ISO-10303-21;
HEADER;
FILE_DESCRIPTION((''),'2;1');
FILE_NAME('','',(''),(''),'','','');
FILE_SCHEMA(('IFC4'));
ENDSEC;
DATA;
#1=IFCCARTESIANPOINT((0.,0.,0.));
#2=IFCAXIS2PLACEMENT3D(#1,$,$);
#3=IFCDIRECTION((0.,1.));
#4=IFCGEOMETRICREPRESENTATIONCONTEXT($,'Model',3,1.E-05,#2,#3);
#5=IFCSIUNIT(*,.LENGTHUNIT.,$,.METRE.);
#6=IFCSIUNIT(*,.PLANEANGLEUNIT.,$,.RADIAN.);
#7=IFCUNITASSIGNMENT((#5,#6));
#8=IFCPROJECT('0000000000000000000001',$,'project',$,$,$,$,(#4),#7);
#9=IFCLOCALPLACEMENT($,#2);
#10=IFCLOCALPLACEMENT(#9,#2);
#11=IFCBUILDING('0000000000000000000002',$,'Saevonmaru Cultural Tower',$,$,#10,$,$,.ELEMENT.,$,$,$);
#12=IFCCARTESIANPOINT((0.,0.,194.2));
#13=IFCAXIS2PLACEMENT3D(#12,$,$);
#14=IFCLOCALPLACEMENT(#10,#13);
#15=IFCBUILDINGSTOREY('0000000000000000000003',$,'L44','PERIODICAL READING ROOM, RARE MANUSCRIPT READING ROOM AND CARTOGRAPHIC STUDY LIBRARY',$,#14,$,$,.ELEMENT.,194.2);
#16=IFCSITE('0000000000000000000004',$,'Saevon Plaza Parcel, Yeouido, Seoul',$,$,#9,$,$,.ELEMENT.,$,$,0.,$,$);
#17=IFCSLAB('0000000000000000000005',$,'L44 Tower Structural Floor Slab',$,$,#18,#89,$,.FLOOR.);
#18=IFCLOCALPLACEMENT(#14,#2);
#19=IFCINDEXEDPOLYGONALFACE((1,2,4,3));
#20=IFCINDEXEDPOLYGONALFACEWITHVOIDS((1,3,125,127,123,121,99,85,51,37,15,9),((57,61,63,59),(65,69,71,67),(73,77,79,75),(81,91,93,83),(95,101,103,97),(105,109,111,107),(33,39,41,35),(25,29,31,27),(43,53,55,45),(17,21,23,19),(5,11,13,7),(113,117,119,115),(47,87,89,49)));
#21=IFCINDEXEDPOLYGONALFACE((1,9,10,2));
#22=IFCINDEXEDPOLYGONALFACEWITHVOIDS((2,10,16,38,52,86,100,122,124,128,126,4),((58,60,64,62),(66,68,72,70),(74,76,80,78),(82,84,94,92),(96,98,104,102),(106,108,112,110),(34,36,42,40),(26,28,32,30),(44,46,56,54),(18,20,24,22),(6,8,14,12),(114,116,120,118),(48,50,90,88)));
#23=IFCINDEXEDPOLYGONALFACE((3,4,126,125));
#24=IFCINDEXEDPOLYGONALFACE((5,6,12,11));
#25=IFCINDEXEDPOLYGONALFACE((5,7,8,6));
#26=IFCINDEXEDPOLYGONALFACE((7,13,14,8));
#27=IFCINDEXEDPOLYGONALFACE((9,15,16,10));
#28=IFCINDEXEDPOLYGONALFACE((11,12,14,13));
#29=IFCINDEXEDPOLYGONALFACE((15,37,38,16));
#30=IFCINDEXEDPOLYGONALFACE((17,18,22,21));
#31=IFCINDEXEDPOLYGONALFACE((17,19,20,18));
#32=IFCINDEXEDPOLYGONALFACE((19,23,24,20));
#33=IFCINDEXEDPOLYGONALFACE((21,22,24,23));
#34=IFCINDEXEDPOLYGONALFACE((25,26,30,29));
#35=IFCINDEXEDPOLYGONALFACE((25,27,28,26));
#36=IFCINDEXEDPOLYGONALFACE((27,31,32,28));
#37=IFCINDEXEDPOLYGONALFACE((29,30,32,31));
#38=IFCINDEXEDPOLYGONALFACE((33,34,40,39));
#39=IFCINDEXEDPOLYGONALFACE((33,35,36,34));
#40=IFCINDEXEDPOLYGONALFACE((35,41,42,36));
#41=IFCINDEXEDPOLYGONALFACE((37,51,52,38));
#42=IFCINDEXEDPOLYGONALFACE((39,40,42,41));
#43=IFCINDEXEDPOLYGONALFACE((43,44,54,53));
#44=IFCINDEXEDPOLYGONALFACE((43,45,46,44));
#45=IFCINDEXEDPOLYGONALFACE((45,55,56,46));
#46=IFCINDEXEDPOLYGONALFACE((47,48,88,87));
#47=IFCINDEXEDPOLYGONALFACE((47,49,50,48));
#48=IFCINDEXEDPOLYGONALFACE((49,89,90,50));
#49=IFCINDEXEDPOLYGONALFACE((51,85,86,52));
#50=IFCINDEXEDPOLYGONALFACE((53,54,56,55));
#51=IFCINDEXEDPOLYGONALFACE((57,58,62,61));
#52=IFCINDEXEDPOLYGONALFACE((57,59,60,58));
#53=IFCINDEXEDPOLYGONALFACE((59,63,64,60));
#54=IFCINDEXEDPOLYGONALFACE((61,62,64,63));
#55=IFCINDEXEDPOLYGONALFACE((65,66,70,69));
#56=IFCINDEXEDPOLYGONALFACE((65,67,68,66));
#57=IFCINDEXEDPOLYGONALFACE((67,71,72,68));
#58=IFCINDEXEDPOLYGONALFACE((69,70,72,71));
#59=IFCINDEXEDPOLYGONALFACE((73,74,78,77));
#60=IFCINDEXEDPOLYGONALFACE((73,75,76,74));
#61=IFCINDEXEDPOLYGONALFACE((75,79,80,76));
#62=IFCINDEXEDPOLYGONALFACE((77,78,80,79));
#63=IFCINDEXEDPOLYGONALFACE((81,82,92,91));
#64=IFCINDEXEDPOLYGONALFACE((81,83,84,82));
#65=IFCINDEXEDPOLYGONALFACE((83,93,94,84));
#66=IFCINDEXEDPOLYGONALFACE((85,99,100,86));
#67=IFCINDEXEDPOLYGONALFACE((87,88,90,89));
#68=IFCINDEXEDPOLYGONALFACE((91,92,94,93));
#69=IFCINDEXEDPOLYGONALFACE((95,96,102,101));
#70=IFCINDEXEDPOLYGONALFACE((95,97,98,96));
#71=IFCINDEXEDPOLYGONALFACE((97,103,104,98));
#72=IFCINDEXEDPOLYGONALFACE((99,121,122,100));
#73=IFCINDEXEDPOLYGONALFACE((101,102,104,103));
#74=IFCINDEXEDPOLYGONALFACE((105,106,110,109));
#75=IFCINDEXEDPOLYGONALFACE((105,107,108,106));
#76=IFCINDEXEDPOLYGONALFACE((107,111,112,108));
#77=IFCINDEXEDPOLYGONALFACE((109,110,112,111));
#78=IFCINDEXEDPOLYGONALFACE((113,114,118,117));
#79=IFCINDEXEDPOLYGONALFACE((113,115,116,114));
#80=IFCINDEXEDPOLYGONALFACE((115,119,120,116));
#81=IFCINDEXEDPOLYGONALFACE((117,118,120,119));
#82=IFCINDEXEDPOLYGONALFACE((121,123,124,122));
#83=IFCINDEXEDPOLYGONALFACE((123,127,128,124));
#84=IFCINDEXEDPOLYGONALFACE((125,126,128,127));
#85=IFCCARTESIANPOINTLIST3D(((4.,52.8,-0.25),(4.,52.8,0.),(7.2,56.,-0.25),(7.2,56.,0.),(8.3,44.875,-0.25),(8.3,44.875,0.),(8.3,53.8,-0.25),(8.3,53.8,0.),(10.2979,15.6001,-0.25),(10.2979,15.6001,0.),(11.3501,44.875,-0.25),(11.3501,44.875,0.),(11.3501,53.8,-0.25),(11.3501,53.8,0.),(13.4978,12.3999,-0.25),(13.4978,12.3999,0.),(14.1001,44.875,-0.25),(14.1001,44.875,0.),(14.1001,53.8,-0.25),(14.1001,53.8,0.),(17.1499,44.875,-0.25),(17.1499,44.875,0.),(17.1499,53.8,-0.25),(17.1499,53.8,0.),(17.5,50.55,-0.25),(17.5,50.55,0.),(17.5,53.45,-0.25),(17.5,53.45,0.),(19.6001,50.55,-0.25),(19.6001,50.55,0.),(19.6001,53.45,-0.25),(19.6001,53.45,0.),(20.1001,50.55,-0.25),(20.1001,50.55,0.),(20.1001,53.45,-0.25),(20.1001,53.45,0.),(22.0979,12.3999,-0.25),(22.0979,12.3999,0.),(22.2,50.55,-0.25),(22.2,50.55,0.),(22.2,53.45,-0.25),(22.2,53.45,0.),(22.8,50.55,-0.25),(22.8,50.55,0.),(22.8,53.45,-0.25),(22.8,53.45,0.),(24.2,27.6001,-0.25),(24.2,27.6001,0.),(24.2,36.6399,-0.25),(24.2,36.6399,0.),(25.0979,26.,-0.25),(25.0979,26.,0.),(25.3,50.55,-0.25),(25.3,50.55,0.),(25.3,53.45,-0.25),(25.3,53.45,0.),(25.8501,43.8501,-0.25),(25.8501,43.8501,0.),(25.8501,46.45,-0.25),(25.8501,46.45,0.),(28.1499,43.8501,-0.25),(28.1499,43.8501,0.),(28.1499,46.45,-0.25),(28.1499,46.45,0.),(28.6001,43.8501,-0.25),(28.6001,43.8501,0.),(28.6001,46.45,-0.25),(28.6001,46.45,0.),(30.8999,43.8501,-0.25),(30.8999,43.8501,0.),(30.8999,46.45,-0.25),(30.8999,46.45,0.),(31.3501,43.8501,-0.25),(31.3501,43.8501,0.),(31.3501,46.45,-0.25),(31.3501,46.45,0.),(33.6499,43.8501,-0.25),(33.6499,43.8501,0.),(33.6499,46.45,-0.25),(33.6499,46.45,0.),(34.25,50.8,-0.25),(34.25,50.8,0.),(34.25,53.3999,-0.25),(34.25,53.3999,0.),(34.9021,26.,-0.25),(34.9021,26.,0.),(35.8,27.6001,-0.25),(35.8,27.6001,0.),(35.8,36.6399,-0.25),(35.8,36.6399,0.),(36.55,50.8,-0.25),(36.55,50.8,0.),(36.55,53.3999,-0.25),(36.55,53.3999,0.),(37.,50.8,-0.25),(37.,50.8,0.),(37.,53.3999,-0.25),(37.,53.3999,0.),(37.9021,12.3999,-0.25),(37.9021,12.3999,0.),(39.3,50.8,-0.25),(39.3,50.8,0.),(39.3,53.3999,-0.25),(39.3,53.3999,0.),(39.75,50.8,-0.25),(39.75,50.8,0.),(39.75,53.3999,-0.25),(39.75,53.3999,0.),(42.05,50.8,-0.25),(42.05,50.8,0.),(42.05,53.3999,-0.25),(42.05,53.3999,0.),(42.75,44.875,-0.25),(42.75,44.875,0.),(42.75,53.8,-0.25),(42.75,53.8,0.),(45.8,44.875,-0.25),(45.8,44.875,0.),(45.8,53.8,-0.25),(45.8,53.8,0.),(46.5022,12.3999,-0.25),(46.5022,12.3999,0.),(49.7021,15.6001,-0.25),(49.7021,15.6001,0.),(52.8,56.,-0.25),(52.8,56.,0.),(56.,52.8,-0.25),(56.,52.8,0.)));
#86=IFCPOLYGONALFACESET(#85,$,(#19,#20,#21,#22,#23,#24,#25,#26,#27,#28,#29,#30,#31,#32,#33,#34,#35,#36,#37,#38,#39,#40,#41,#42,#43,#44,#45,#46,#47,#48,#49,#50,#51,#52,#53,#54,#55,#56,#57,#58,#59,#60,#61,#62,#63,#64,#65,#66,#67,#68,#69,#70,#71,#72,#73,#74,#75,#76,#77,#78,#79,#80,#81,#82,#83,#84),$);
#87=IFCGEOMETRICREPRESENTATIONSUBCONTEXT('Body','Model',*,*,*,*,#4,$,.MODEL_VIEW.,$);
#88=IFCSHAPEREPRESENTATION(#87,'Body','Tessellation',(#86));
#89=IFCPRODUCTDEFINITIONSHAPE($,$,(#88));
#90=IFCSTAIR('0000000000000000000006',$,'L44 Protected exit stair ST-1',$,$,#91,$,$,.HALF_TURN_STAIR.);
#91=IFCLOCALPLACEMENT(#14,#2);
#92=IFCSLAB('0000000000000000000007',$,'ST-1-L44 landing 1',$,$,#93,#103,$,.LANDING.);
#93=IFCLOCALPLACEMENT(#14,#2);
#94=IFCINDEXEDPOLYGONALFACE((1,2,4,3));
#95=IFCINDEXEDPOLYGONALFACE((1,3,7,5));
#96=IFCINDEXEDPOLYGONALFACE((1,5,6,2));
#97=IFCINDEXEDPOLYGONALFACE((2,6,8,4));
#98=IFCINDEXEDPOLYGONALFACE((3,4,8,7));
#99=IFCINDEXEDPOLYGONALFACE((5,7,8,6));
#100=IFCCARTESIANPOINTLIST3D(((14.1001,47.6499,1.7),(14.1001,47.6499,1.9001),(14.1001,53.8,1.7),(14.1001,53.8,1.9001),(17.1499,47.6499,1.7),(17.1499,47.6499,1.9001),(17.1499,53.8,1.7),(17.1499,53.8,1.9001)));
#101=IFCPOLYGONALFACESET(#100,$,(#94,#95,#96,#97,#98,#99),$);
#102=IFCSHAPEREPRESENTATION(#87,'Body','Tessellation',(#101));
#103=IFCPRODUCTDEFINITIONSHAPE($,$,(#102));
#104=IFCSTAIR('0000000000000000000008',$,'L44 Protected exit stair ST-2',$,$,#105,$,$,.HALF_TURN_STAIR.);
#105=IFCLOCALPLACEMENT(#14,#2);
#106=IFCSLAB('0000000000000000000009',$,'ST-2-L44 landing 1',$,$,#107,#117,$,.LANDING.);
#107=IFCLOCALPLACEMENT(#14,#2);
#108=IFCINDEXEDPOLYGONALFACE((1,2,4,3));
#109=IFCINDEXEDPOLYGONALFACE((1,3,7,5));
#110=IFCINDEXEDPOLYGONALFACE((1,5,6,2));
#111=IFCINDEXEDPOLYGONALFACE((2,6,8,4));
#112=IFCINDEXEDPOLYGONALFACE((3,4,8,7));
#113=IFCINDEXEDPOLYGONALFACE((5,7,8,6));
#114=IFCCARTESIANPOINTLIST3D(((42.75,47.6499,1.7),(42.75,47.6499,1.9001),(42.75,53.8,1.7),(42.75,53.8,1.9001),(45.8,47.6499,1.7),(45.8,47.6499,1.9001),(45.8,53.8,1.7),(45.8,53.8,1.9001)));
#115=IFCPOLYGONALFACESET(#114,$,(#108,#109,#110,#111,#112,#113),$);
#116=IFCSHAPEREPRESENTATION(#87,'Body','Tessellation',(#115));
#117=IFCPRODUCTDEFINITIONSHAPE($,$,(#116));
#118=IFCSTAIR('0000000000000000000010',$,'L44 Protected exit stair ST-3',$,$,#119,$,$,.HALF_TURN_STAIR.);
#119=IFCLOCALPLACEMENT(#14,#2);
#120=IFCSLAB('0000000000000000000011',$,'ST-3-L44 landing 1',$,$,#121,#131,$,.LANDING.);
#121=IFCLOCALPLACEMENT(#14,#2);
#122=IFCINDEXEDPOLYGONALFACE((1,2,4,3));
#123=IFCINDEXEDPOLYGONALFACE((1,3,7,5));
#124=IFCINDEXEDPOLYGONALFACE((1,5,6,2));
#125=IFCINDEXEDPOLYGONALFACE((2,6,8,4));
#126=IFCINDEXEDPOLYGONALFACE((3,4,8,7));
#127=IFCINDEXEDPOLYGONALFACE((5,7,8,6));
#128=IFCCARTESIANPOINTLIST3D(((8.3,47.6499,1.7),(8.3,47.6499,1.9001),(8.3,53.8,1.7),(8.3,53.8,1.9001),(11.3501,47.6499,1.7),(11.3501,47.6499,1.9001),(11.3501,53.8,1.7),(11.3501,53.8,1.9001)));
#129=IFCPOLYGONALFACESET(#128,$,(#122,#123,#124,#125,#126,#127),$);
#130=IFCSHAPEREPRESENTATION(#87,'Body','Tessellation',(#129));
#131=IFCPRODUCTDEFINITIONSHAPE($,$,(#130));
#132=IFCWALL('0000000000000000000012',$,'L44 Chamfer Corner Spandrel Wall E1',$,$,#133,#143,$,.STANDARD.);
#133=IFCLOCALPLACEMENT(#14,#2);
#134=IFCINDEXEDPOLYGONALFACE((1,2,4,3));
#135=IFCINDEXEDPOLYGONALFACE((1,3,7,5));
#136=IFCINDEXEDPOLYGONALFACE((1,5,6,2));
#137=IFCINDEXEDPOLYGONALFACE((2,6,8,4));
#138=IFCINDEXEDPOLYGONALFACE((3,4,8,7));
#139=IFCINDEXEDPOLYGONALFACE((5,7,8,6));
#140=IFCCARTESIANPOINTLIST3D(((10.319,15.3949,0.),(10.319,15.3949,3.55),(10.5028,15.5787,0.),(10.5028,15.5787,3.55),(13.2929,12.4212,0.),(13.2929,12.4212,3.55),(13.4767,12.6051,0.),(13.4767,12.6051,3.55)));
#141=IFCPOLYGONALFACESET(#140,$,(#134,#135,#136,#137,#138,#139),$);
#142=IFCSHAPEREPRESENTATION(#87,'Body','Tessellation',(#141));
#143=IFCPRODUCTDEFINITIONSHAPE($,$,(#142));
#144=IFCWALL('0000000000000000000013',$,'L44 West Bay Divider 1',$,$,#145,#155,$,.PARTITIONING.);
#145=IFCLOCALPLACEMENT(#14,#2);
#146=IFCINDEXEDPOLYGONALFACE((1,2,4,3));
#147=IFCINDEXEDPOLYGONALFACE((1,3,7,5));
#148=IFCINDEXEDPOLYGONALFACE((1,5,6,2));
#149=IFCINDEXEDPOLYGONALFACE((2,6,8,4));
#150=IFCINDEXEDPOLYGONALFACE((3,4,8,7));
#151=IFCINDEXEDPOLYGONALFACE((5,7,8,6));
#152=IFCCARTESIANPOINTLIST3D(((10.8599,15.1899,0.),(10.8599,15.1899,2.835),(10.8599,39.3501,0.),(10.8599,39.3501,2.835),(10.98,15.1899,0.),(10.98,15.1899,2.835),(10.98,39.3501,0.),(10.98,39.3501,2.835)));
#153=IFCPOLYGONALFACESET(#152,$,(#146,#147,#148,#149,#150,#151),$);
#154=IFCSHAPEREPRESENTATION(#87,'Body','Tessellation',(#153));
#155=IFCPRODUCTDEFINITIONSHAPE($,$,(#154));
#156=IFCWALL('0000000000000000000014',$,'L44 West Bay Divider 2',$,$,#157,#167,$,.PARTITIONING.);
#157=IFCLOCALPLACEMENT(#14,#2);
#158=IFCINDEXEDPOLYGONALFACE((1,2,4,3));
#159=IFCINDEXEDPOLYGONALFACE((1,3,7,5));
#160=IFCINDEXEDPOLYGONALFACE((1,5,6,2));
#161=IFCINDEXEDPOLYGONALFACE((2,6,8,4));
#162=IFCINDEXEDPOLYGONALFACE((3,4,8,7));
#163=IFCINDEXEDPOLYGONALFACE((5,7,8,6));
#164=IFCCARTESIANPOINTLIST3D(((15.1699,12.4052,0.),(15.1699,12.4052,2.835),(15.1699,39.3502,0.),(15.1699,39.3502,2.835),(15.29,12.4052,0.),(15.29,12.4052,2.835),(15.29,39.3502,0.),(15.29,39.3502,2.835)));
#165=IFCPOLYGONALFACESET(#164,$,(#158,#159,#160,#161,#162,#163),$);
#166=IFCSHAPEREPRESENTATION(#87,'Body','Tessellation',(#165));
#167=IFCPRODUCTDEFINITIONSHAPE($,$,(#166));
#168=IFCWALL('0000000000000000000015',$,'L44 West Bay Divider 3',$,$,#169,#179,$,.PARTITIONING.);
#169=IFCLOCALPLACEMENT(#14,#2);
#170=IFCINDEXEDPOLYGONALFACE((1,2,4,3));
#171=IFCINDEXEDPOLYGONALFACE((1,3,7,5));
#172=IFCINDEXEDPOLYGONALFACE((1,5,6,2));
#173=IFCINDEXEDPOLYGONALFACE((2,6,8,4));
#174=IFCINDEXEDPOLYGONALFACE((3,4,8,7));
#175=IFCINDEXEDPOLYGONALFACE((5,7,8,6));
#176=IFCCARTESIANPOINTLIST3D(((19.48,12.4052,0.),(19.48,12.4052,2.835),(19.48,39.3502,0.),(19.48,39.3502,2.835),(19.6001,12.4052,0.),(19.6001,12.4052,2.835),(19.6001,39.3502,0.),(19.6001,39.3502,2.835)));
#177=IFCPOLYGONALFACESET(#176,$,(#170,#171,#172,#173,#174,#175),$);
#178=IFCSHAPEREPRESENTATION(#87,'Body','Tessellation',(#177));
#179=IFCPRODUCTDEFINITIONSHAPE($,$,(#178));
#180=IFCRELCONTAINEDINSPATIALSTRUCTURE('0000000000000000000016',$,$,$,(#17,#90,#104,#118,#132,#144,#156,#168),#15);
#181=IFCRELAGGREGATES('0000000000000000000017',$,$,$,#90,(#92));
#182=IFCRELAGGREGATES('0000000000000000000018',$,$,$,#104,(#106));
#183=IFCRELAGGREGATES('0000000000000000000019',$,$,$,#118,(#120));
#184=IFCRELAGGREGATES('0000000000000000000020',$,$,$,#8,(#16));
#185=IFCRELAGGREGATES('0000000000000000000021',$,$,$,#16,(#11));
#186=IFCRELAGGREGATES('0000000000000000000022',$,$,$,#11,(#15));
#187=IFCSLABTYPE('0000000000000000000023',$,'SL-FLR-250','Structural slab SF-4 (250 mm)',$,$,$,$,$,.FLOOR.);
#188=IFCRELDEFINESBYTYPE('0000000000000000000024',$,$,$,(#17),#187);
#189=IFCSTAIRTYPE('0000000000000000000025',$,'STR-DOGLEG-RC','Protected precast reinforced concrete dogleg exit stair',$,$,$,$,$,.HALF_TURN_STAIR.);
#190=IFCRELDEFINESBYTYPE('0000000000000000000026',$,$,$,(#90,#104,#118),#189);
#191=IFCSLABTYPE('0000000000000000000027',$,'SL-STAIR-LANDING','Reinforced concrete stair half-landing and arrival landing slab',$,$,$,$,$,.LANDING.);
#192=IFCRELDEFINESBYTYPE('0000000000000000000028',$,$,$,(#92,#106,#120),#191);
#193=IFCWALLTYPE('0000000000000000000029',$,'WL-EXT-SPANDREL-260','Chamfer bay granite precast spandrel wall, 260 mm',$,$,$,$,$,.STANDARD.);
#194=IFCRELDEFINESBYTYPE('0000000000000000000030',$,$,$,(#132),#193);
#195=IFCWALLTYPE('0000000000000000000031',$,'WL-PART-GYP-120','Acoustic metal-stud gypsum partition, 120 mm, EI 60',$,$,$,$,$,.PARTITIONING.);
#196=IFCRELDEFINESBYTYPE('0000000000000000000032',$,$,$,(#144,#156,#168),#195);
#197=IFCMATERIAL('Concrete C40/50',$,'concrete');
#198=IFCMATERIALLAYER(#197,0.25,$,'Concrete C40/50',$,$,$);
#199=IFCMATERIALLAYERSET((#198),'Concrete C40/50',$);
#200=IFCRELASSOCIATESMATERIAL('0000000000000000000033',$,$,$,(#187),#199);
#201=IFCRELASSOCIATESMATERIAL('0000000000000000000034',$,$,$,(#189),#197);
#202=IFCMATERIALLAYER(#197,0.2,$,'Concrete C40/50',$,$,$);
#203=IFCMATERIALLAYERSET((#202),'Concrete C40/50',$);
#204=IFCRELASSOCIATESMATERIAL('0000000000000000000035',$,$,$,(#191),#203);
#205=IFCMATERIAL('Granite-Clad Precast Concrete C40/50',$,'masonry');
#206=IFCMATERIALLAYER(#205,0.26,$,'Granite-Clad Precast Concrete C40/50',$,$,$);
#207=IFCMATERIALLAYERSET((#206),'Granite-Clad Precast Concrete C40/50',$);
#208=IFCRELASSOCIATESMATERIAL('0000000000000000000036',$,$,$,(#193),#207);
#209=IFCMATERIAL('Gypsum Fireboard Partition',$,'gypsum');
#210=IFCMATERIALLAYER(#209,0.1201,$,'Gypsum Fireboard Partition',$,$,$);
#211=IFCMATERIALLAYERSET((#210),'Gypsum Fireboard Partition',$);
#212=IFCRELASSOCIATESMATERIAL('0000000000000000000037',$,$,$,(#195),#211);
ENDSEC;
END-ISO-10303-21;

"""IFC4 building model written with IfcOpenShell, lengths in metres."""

from ifc_helpers import new_model, si_unit, direction, frame, frame_2d, origin, place, context, subcontext, project, spatial, polyline, rectangle, outline, extrude, material, layer, layer_set, type_object, element, aggregate, save


model = new_model("IFC4")

# Units and contexts
model_context = context("Model", 3, precision=1e-05, world=origin(), true_north=direction((0.0, 1.0)))
body_context = subcontext(model_context, "Body", "Model", "MODEL_VIEW")
ifc_project = project(units=[si_unit("LENGTHUNIT", "METRE"), si_unit("PLANEANGLEUNIT", "RADIAN")], contexts=[model_context])

# Site, building, storey
site_placement = place(None, origin())
site = spatial("IfcSite", under=ifc_project, at=site_placement, Name="Saevon Plaza Parcel, Yeouido, Seoul", CompositionType="ELEMENT", RefElevation=0.0)
building_placement = place(site_placement, origin())
building = spatial("IfcBuilding", under=site, at=building_placement, Name="Saevonmaru Cultural Tower", CompositionType="ELEMENT")
storey_placement = place(building_placement, frame((0.0, 0.0, 194.2)))
storey = spatial("IfcBuildingStorey", under=building, at=storey_placement, Name="L44", Description="PERIODICAL READING ROOM, RARE MANUSCRIPT READING ROOM AND CARTOGRAPHIC STUDY LIBRARY", CompositionType="ELEMENT", Elevation=194.2)

# Slab
ifc_material_1 = material(Name="Concrete C40/50", Category="concrete")
ifc_layer_1 = layer(ifc_material_1, 0.25, Name="Concrete C40/50")
ifc_layer_set_1 = layer_set([ifc_layer_1], Name="Concrete C40/50")
slab_type_1 = type_object("IfcSlabType", Name="SL-FLR-250", Description="Structural slab SF-4 (250 mm)", PredefinedType="FLOOR", material=ifc_layer_set_1)
slab_1_placement = place(storey_placement, frame((0.0, 0.0, -0.25)))
element("IfcSlab", 1, at=slab_1_placement, inside=storey, type_object=slab_type_1, Name="L44 Tower Structural Floor Slab", PredefinedType="FLOOR", context=body_context, shape_type="SweptSolid", body=[
    extrude(outline(polyline([(10.2979, 15.6001), (13.4978, 12.3999), (22.0979, 12.3999), (25.0979, 26.0), (34.9021, 26.0), (37.9021, 12.3999), (46.5022, 12.3999), (49.7021, 15.6001), (56.0, 52.8), (52.8, 56.0), (7.2, 56.0), (4.0, 52.8), (10.2979, 15.6001)]), holes=[polyline([(45.8, 44.875), (42.75, 44.875), (42.75, 53.8), (45.8, 53.8), (45.8, 44.875)]), polyline([(39.75, 50.8), (39.75, 53.3999), (42.05, 53.3999), (42.05, 50.8), (39.75, 50.8)]), polyline([(37.0, 50.8), (37.0, 53.3999), (39.3, 53.3999), (39.3, 50.8), (37.0, 50.8)]), polyline([(34.25, 50.8), (34.25, 53.3999), (36.55, 53.3999), (36.55, 50.8), (34.25, 50.8)]), polyline([(24.2, 27.6001), (24.2, 36.6399), (35.8, 36.6399), (35.8, 27.6001), (24.2, 27.6001)]), polyline([(31.3501, 43.8501), (31.3501, 46.45), (33.6499, 46.45), (33.6499, 43.8501), (31.3501, 43.8501)]), polyline([(28.6001, 43.8501), (28.6001, 46.45), (30.8999, 46.45), (30.8999, 43.8501), (28.6001, 43.8501)]), polyline([(28.1499, 43.8501), (25.8501, 43.8501), (25.8501, 46.45), (28.1499, 46.45), (28.1499, 43.8501)]), polyline([(25.3, 50.55), (22.8, 50.55), (22.8, 53.45), (25.3, 53.45), (25.3, 50.55)]), polyline([(20.1001, 50.55), (20.1001, 53.45), (22.2, 53.45), (22.2, 50.55), (20.1001, 50.55)]), polyline([(17.5, 50.55), (17.5, 53.45), (19.6001, 53.45), (19.6001, 50.55), (17.5, 50.55)]), polyline([(17.1499, 53.8), (17.1499, 44.875), (14.1001, 44.875), (14.1001, 53.8), (17.1499, 53.8)]), polyline([(11.3501, 44.875), (8.3, 44.875), (8.3, 53.8), (11.3501, 53.8), (11.3501, 44.875)])]), origin(), (0.0, 0.0, 1.0), 0.25),
])

# Stairs, slabs
stair_type = type_object("IfcStairType", Name="STR-DOGLEG-RC", Description="Protected precast reinforced concrete dogleg exit stair", PredefinedType="HALF_TURN_STAIR", material=ifc_material_1)
stair_1_placement = place(storey_placement, origin())
stair_1 = element("IfcStair", 2, at=stair_1_placement, inside=storey, type_object=stair_type, Name="L44 Protected exit stair ST-1", PredefinedType="HALF_TURN_STAIR")
ifc_layer_2 = layer(ifc_material_1, 0.2, Name="Concrete C40/50")
ifc_layer_set_2 = layer_set([ifc_layer_2], Name="Concrete C40/50")
slab_type_2 = type_object("IfcSlabType", Name="SL-STAIR-LANDING", Description="Reinforced concrete stair half-landing and arrival landing slab", PredefinedType="LANDING", material=ifc_layer_set_2)
slab_2_placement = place(storey_placement, frame((0.0, 0.0, 1.7)))
slab_2 = element("IfcSlab", 3, at=slab_2_placement, type_object=slab_type_2, Name="ST-1-L44 landing 1", PredefinedType="LANDING", context=body_context, shape_type="SweptSolid", body=[
    extrude(outline(polyline([(17.1499, 47.6499), (17.1499, 53.8), (14.1001, 53.8), (14.1001, 47.6499), (17.1499, 47.6499)])), origin(), (0.0, 0.0, 1.0), 0.2002),
])
aggregate(stair_1, [slab_2])
stair_2_placement = place(storey_placement, origin())
stair_2 = element("IfcStair", 4, at=stair_2_placement, inside=storey, type_object=stair_type, Name="L44 Protected exit stair ST-2", PredefinedType="HALF_TURN_STAIR")
slab_3_placement = place(storey_placement, frame((0.0, 0.0, 1.7)))
slab_3 = element("IfcSlab", 5, at=slab_3_placement, type_object=slab_type_2, Name="ST-2-L44 landing 1", PredefinedType="LANDING", context=body_context, shape_type="SweptSolid", body=[
    extrude(outline(polyline([(45.8, 47.6499), (45.8, 53.8), (42.75, 53.8), (42.75, 47.6499), (45.8, 47.6499)])), origin(), (0.0, 0.0, 1.0), 0.2002),
])
aggregate(stair_2, [slab_3])
stair_3_placement = place(storey_placement, origin())
stair_3 = element("IfcStair", 6, at=stair_3_placement, inside=storey, type_object=stair_type, Name="L44 Protected exit stair ST-3", PredefinedType="HALF_TURN_STAIR")
slab_4_placement = place(storey_placement, frame((0.0, 0.0, 1.7)))
slab_4 = element("IfcSlab", 7, at=slab_4_placement, type_object=slab_type_2, Name="ST-3-L44 landing 1", PredefinedType="LANDING", context=body_context, shape_type="SweptSolid", body=[
    extrude(outline(polyline([(11.3501, 47.6499), (11.3501, 53.8), (8.3, 53.8), (8.3, 47.6499), (11.3501, 47.6499)])), origin(), (0.0, 0.0, 1.0), 0.2002),
])
aggregate(stair_3, [slab_4])

# Walls
ifc_material_2 = material(Name="Granite-Clad Precast Concrete C40/50", Category="masonry")
ifc_layer_3 = layer(ifc_material_2, 0.26, Name="Granite-Clad Precast Concrete C40/50")
ifc_layer_set_3 = layer_set([ifc_layer_3], Name="Granite-Clad Precast Concrete C40/50")
wall_type_1 = type_object("IfcWallType", Name="WL-EXT-SPANDREL-260", Description="Chamfer bay granite precast spandrel wall, 260 mm", PredefinedType="STANDARD", material=ifc_layer_set_3)
wall_1_placement = place(storey_placement, frame((10.4109, 15.4868, 0.0), z_axis=(0.0, 0.0, 1.0), x_axis=(0.707136, -0.707078, 0.0)))
element("IfcWall", 8, at=wall_1_placement, inside=storey, type_object=wall_type_1, Name="L44 Chamfer Corner Spandrel Wall E1", PredefinedType="STANDARD", context=body_context, shape_type="SweptSolid", body=[
    extrude(rectangle(XDim=4.2056, YDim=0.26, at=frame_2d((2.1028, 0.0))), origin(), (0.0, 0.0, 1.0), 3.55),
])
ifc_material_3 = material(Name="Gypsum Fireboard Partition", Category="gypsum")
ifc_layer_4 = layer(ifc_material_3, 0.1201, Name="Gypsum Fireboard Partition")
ifc_layer_set_4 = layer_set([ifc_layer_4], Name="Gypsum Fireboard Partition")
wall_type_2 = type_object("IfcWallType", Name="WL-PART-GYP-120", Description="Acoustic metal-stud gypsum partition, 120 mm, EI 60", PredefinedType="PARTITIONING", material=ifc_layer_set_4)
wall_2_placement = place(storey_placement, frame((10.9199, 15.1899, 0.0), z_axis=(0.0, 0.0, 1.0), x_axis=(0.0, 1.0, 0.0)))
element("IfcWall", 9, at=wall_2_placement, inside=storey, type_object=wall_type_2, Name="L44 West Bay Divider 1", PredefinedType="PARTITIONING", context=body_context, shape_type="SweptSolid", body=[
    extrude(rectangle(XDim=24.1602, YDim=0.1201, at=frame_2d((12.0801, 0.0))), origin(), (0.0, 0.0, 1.0), 2.835),
])
for number, where, z_axis, x_axis, name in (
    (10, (15.23, 12.405, 0.0), (0.0, 0.0, 1.0), (0.0, 1.0, 0.0), "L44 West Bay Divider 2"),
    (11, (19.54, 12.405, 0.0), (0.0, 0.0, 1.0), (0.0, 1.0, 0.0), "L44 West Bay Divider 3"),
):
    element("IfcWall", number, at=place(storey_placement, frame(where, z_axis=z_axis, x_axis=x_axis)), inside=storey, type_object=wall_type_2, Name=name, PredefinedType="PARTITIONING", context=body_context, shape_type="SweptSolid", body=[
        extrude(rectangle(XDim=26.9451, YDim=0.1201, at=frame_2d((13.4727, 0.0))), origin(), (0.0, 0.0, 1.0), 2.835),
    ])

save(model, "model.ifc")
